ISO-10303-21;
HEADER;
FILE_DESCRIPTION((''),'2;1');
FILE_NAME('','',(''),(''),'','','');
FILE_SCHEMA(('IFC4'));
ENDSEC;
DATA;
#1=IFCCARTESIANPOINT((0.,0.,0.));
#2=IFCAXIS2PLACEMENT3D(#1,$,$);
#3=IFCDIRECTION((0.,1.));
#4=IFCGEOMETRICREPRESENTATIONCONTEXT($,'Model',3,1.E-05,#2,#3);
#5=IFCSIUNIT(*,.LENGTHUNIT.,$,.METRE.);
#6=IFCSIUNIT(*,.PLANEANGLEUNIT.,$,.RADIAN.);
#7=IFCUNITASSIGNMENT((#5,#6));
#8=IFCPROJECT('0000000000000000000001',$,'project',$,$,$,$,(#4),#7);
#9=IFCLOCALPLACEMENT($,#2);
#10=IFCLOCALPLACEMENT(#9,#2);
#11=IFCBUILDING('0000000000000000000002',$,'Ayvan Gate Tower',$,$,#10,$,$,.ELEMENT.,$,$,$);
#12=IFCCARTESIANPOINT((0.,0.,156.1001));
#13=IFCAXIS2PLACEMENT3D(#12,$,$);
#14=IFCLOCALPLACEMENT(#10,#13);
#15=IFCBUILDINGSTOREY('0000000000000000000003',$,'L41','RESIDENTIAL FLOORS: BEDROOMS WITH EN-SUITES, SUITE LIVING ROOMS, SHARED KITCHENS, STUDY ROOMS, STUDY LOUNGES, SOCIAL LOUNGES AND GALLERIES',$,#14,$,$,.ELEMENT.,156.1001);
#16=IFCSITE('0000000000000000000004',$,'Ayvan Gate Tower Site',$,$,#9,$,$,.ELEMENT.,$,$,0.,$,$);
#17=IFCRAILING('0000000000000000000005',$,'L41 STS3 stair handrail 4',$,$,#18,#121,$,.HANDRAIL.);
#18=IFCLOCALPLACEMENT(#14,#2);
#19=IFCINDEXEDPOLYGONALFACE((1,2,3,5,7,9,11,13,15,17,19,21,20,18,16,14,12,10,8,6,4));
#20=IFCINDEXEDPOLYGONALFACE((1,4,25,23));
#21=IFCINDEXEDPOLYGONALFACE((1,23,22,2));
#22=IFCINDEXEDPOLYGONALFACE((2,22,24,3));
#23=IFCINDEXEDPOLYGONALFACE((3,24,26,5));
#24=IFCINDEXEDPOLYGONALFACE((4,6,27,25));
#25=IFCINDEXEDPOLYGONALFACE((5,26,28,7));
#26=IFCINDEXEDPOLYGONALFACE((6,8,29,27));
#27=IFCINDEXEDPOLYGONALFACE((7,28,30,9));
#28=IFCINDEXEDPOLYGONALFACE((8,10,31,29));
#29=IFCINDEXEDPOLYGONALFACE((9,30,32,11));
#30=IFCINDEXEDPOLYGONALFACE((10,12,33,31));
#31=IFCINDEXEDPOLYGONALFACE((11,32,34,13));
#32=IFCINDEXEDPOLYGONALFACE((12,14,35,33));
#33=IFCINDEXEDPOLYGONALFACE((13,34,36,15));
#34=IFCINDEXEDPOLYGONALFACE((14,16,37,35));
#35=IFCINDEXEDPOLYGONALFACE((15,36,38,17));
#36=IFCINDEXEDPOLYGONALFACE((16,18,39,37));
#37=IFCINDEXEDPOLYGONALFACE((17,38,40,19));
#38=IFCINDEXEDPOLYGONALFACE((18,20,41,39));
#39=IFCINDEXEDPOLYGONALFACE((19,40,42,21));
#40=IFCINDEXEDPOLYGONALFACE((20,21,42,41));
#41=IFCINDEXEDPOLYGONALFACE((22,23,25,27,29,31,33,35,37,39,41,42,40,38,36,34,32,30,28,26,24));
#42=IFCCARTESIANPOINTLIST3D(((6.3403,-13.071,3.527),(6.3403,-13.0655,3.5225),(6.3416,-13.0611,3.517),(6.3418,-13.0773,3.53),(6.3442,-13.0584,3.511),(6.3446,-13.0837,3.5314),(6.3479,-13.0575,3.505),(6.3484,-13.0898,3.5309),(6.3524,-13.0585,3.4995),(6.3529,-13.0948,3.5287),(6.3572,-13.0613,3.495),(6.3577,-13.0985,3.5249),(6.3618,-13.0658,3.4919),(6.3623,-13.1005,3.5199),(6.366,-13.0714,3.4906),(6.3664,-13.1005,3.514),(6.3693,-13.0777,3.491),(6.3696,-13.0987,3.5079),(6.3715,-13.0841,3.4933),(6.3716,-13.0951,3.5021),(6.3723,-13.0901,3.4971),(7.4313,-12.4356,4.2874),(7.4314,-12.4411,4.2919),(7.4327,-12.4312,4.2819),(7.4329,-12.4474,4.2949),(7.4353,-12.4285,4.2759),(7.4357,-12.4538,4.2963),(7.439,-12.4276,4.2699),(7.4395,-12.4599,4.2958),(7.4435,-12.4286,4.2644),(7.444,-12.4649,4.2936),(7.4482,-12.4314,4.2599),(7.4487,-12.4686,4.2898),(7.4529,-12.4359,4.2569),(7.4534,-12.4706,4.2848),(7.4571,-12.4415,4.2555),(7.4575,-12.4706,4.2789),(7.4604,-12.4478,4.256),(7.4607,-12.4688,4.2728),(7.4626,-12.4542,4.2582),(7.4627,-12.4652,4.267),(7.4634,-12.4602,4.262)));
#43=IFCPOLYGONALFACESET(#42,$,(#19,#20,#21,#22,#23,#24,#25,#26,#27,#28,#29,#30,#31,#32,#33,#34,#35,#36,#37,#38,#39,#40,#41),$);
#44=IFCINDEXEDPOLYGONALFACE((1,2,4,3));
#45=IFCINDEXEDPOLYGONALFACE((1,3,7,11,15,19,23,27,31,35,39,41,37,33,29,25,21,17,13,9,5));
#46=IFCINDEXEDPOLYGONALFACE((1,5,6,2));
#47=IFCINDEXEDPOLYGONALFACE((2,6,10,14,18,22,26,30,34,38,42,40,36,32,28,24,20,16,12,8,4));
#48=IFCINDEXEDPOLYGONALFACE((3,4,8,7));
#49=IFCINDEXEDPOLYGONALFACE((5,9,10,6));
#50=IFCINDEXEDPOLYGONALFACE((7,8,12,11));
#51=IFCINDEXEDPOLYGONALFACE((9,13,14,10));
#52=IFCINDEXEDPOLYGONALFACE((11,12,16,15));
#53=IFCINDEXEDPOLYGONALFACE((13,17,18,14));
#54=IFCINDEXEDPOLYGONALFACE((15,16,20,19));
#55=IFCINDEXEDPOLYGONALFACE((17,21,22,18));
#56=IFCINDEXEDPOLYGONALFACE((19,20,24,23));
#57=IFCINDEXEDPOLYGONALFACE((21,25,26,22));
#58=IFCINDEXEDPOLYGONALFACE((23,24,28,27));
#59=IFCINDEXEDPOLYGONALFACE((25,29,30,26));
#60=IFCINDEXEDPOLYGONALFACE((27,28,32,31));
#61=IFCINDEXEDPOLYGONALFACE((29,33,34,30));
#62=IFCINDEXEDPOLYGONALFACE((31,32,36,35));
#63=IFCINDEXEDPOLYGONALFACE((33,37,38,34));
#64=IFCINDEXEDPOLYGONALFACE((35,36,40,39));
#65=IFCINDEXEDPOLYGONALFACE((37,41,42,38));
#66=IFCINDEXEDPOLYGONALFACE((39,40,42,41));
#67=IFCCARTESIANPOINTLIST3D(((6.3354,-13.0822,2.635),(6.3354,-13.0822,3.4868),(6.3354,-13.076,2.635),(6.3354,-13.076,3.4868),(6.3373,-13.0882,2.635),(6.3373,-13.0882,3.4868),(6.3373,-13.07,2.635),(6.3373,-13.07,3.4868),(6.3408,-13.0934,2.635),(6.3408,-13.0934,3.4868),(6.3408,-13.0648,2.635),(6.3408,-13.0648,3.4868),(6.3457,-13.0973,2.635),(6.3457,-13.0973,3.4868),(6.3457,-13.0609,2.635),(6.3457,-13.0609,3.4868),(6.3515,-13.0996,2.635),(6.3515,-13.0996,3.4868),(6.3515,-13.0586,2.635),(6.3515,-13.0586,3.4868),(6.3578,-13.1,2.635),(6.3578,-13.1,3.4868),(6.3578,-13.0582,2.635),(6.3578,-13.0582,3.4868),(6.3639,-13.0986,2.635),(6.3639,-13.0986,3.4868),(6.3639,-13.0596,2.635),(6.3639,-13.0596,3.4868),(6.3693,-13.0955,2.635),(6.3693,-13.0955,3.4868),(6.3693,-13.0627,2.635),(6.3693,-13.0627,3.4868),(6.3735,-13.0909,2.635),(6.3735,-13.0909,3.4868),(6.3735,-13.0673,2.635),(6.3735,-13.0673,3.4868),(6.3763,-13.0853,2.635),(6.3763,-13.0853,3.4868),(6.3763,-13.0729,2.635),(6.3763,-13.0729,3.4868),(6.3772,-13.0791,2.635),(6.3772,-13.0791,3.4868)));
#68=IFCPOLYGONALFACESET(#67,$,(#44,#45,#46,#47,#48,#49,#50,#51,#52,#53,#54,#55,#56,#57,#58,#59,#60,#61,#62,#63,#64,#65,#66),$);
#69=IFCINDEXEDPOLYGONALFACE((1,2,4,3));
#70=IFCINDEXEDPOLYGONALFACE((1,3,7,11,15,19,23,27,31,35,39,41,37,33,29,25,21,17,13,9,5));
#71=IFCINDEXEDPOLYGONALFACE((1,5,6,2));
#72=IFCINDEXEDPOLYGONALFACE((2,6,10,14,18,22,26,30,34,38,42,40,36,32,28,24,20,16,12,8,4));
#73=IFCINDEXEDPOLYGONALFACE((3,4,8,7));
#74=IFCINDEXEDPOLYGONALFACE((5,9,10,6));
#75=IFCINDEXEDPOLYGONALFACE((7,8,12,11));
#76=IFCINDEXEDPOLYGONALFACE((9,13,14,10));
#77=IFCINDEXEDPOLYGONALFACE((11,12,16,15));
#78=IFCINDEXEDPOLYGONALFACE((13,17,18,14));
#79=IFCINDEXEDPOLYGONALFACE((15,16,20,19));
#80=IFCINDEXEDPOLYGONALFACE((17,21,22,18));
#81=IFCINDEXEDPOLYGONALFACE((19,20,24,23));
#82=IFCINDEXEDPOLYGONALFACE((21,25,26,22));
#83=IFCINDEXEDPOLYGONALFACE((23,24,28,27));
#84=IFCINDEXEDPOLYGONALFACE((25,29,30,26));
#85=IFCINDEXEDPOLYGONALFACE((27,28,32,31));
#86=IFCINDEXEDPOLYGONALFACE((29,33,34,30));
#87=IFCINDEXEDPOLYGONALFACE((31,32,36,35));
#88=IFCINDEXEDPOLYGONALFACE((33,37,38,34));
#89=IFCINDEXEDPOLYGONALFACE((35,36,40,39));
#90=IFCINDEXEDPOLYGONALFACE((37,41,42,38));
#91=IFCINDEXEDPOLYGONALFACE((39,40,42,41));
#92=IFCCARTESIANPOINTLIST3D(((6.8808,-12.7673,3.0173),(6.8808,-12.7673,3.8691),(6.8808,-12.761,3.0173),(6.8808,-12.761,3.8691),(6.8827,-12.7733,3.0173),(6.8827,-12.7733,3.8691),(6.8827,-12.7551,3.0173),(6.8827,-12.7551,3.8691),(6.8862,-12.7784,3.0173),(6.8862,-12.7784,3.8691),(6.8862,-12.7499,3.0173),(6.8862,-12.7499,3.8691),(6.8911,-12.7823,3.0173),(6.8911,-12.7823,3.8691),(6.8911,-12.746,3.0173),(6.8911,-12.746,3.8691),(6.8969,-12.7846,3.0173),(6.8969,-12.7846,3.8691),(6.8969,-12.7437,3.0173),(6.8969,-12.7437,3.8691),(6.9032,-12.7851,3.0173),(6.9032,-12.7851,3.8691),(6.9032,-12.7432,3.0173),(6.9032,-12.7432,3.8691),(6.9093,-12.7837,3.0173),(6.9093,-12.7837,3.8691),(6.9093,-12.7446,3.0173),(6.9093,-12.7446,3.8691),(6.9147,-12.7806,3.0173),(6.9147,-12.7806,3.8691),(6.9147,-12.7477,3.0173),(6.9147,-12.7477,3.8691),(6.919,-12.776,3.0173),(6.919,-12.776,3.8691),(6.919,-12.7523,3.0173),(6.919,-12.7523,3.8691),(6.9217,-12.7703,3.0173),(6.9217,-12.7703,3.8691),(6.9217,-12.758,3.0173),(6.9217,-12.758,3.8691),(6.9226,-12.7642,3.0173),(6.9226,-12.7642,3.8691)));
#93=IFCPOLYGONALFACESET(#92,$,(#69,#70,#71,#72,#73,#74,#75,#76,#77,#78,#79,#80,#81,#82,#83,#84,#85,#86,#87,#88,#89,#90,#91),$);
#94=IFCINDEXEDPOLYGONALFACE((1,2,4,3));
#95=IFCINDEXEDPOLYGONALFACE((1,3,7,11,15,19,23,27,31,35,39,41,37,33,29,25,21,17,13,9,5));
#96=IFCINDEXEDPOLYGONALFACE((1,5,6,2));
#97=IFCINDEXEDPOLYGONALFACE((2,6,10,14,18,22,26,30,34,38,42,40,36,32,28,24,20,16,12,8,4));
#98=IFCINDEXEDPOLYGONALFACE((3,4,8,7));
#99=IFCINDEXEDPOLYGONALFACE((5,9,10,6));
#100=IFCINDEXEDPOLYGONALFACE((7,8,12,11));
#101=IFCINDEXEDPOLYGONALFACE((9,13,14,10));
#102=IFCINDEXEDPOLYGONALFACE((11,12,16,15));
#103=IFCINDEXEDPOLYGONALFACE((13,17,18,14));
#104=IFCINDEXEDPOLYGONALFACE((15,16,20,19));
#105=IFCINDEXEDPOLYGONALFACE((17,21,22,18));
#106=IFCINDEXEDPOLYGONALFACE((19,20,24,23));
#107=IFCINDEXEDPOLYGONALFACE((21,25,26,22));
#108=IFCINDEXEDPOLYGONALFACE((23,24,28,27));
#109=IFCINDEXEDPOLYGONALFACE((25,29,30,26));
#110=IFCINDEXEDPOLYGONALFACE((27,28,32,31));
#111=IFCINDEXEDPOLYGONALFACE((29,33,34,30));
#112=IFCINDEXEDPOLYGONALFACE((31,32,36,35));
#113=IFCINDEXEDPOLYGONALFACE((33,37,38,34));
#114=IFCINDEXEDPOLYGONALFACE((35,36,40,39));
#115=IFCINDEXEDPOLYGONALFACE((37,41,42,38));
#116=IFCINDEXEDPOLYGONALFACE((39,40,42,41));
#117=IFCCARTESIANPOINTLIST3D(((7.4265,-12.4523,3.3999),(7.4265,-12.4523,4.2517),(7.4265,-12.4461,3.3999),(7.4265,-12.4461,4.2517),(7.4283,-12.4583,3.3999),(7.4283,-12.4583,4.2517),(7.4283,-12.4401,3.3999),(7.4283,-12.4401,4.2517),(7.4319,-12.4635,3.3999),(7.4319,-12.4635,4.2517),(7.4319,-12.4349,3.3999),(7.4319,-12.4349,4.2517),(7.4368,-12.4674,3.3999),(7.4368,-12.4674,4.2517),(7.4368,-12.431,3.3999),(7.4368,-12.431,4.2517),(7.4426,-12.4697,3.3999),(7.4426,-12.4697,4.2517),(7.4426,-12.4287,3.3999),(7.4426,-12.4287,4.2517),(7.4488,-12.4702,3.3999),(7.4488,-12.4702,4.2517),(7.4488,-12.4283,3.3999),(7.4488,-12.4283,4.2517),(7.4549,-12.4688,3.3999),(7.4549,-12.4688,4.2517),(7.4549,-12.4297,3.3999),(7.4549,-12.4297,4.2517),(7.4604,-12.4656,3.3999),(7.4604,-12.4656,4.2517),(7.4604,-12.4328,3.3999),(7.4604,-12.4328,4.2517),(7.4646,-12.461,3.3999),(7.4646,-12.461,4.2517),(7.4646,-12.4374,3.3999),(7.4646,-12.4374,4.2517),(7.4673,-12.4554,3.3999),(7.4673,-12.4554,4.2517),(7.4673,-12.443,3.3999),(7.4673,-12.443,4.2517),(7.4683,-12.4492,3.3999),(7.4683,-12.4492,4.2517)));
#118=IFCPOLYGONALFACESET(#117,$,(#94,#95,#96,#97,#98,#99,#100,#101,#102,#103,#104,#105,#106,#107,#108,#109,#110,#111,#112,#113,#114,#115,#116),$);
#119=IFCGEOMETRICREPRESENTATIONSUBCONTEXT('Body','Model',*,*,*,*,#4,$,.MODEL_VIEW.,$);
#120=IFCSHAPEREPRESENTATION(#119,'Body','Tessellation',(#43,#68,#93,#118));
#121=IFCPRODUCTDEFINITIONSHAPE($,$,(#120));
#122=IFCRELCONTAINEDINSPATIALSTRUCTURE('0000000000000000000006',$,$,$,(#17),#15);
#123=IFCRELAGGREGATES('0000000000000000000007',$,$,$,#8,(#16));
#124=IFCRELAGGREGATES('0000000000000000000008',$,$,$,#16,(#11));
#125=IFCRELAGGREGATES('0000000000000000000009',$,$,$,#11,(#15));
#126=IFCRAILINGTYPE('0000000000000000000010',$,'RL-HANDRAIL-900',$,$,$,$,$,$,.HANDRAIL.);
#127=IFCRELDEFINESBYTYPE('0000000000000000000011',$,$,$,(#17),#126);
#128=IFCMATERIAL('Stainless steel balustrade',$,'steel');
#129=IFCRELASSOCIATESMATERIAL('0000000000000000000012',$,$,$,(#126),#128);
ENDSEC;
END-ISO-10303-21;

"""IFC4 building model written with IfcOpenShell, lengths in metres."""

from ifc_helpers import new_model, si_unit, direction, frame, origin, origin_2d, place, context, subcontext, project, spatial, circle, extrude, material, type_object, element, save


model = new_model("IFC4")

# Units and contexts
model_context = context("Model", 3, precision=1e-05, world=origin(), true_north=direction((0.0, 1.0)))
body_context = subcontext(model_context, "Body", "Model", "MODEL_VIEW")
ifc_project = project(units=[si_unit("LENGTHUNIT", "METRE"), si_unit("PLANEANGLEUNIT", "RADIAN")], contexts=[model_context])

# Site, building, storey
site_placement = place(None, origin())
site = spatial("IfcSite", under=ifc_project, at=site_placement, Name="Ayvan Gate Tower Site", CompositionType="ELEMENT", RefElevation=0.0)
building_placement = place(site_placement, origin())
building = spatial("IfcBuilding", under=site, at=building_placement, Name="Ayvan Gate Tower", CompositionType="ELEMENT")
storey_placement = place(building_placement, frame((0.0, 0.0, 156.1001)))
storey = spatial("IfcBuildingStorey", under=building, at=storey_placement, Name="L41", Description="RESIDENTIAL FLOORS: BEDROOMS WITH EN-SUITES, SUITE LIVING ROOMS, SHARED KITCHENS, STUDY ROOMS, STUDY LOUNGES, SOCIAL LOUNGES AND GALLERIES", CompositionType="ELEMENT", Elevation=156.1001)

# Railing
ifc_material_1 = material(Name="Stainless steel balustrade", Category="steel")
railing_type = type_object("IfcRailingType", Name="RL-HANDRAIL-900", PredefinedType="HANDRAIL", material=ifc_material_1)
railing_1_placement = place(storey_placement, frame((6.3562, -13.0791, 2.635)))
element("IfcRailing", 1, at=railing_1_placement, inside=storey, type_object=railing_type, Name="L41 STS3 stair handrail 4", PredefinedType="HANDRAIL", context=body_context, shape_type="SweptSolid", body=[
    extrude(circle(Radius=0.0239, at=origin_2d()), frame((0.0, 0.0, 0.876), z_axis=(0.740282, 0.427372, 0.518976), x_axis=(-0.499974, 0.86604, 0.0)), (0.0, 0.0, 1.0), 1.4739),
    extrude(circle(Radius=0.021, at=origin_2d()), origin(), (0.0, 0.0, 1.0), 0.8518),
    extrude(circle(Radius=0.021, at=origin_2d()), frame((0.5454, 0.3149, 0.3823)), (0.0, 0.0, 1.0), 0.8518),
    extrude(circle(Radius=0.021, at=origin_2d()), frame((1.0911, 0.6299, 0.7649)), (0.0, 0.0, 1.0), 0.8518),
])

save(model, "model.ifc")
